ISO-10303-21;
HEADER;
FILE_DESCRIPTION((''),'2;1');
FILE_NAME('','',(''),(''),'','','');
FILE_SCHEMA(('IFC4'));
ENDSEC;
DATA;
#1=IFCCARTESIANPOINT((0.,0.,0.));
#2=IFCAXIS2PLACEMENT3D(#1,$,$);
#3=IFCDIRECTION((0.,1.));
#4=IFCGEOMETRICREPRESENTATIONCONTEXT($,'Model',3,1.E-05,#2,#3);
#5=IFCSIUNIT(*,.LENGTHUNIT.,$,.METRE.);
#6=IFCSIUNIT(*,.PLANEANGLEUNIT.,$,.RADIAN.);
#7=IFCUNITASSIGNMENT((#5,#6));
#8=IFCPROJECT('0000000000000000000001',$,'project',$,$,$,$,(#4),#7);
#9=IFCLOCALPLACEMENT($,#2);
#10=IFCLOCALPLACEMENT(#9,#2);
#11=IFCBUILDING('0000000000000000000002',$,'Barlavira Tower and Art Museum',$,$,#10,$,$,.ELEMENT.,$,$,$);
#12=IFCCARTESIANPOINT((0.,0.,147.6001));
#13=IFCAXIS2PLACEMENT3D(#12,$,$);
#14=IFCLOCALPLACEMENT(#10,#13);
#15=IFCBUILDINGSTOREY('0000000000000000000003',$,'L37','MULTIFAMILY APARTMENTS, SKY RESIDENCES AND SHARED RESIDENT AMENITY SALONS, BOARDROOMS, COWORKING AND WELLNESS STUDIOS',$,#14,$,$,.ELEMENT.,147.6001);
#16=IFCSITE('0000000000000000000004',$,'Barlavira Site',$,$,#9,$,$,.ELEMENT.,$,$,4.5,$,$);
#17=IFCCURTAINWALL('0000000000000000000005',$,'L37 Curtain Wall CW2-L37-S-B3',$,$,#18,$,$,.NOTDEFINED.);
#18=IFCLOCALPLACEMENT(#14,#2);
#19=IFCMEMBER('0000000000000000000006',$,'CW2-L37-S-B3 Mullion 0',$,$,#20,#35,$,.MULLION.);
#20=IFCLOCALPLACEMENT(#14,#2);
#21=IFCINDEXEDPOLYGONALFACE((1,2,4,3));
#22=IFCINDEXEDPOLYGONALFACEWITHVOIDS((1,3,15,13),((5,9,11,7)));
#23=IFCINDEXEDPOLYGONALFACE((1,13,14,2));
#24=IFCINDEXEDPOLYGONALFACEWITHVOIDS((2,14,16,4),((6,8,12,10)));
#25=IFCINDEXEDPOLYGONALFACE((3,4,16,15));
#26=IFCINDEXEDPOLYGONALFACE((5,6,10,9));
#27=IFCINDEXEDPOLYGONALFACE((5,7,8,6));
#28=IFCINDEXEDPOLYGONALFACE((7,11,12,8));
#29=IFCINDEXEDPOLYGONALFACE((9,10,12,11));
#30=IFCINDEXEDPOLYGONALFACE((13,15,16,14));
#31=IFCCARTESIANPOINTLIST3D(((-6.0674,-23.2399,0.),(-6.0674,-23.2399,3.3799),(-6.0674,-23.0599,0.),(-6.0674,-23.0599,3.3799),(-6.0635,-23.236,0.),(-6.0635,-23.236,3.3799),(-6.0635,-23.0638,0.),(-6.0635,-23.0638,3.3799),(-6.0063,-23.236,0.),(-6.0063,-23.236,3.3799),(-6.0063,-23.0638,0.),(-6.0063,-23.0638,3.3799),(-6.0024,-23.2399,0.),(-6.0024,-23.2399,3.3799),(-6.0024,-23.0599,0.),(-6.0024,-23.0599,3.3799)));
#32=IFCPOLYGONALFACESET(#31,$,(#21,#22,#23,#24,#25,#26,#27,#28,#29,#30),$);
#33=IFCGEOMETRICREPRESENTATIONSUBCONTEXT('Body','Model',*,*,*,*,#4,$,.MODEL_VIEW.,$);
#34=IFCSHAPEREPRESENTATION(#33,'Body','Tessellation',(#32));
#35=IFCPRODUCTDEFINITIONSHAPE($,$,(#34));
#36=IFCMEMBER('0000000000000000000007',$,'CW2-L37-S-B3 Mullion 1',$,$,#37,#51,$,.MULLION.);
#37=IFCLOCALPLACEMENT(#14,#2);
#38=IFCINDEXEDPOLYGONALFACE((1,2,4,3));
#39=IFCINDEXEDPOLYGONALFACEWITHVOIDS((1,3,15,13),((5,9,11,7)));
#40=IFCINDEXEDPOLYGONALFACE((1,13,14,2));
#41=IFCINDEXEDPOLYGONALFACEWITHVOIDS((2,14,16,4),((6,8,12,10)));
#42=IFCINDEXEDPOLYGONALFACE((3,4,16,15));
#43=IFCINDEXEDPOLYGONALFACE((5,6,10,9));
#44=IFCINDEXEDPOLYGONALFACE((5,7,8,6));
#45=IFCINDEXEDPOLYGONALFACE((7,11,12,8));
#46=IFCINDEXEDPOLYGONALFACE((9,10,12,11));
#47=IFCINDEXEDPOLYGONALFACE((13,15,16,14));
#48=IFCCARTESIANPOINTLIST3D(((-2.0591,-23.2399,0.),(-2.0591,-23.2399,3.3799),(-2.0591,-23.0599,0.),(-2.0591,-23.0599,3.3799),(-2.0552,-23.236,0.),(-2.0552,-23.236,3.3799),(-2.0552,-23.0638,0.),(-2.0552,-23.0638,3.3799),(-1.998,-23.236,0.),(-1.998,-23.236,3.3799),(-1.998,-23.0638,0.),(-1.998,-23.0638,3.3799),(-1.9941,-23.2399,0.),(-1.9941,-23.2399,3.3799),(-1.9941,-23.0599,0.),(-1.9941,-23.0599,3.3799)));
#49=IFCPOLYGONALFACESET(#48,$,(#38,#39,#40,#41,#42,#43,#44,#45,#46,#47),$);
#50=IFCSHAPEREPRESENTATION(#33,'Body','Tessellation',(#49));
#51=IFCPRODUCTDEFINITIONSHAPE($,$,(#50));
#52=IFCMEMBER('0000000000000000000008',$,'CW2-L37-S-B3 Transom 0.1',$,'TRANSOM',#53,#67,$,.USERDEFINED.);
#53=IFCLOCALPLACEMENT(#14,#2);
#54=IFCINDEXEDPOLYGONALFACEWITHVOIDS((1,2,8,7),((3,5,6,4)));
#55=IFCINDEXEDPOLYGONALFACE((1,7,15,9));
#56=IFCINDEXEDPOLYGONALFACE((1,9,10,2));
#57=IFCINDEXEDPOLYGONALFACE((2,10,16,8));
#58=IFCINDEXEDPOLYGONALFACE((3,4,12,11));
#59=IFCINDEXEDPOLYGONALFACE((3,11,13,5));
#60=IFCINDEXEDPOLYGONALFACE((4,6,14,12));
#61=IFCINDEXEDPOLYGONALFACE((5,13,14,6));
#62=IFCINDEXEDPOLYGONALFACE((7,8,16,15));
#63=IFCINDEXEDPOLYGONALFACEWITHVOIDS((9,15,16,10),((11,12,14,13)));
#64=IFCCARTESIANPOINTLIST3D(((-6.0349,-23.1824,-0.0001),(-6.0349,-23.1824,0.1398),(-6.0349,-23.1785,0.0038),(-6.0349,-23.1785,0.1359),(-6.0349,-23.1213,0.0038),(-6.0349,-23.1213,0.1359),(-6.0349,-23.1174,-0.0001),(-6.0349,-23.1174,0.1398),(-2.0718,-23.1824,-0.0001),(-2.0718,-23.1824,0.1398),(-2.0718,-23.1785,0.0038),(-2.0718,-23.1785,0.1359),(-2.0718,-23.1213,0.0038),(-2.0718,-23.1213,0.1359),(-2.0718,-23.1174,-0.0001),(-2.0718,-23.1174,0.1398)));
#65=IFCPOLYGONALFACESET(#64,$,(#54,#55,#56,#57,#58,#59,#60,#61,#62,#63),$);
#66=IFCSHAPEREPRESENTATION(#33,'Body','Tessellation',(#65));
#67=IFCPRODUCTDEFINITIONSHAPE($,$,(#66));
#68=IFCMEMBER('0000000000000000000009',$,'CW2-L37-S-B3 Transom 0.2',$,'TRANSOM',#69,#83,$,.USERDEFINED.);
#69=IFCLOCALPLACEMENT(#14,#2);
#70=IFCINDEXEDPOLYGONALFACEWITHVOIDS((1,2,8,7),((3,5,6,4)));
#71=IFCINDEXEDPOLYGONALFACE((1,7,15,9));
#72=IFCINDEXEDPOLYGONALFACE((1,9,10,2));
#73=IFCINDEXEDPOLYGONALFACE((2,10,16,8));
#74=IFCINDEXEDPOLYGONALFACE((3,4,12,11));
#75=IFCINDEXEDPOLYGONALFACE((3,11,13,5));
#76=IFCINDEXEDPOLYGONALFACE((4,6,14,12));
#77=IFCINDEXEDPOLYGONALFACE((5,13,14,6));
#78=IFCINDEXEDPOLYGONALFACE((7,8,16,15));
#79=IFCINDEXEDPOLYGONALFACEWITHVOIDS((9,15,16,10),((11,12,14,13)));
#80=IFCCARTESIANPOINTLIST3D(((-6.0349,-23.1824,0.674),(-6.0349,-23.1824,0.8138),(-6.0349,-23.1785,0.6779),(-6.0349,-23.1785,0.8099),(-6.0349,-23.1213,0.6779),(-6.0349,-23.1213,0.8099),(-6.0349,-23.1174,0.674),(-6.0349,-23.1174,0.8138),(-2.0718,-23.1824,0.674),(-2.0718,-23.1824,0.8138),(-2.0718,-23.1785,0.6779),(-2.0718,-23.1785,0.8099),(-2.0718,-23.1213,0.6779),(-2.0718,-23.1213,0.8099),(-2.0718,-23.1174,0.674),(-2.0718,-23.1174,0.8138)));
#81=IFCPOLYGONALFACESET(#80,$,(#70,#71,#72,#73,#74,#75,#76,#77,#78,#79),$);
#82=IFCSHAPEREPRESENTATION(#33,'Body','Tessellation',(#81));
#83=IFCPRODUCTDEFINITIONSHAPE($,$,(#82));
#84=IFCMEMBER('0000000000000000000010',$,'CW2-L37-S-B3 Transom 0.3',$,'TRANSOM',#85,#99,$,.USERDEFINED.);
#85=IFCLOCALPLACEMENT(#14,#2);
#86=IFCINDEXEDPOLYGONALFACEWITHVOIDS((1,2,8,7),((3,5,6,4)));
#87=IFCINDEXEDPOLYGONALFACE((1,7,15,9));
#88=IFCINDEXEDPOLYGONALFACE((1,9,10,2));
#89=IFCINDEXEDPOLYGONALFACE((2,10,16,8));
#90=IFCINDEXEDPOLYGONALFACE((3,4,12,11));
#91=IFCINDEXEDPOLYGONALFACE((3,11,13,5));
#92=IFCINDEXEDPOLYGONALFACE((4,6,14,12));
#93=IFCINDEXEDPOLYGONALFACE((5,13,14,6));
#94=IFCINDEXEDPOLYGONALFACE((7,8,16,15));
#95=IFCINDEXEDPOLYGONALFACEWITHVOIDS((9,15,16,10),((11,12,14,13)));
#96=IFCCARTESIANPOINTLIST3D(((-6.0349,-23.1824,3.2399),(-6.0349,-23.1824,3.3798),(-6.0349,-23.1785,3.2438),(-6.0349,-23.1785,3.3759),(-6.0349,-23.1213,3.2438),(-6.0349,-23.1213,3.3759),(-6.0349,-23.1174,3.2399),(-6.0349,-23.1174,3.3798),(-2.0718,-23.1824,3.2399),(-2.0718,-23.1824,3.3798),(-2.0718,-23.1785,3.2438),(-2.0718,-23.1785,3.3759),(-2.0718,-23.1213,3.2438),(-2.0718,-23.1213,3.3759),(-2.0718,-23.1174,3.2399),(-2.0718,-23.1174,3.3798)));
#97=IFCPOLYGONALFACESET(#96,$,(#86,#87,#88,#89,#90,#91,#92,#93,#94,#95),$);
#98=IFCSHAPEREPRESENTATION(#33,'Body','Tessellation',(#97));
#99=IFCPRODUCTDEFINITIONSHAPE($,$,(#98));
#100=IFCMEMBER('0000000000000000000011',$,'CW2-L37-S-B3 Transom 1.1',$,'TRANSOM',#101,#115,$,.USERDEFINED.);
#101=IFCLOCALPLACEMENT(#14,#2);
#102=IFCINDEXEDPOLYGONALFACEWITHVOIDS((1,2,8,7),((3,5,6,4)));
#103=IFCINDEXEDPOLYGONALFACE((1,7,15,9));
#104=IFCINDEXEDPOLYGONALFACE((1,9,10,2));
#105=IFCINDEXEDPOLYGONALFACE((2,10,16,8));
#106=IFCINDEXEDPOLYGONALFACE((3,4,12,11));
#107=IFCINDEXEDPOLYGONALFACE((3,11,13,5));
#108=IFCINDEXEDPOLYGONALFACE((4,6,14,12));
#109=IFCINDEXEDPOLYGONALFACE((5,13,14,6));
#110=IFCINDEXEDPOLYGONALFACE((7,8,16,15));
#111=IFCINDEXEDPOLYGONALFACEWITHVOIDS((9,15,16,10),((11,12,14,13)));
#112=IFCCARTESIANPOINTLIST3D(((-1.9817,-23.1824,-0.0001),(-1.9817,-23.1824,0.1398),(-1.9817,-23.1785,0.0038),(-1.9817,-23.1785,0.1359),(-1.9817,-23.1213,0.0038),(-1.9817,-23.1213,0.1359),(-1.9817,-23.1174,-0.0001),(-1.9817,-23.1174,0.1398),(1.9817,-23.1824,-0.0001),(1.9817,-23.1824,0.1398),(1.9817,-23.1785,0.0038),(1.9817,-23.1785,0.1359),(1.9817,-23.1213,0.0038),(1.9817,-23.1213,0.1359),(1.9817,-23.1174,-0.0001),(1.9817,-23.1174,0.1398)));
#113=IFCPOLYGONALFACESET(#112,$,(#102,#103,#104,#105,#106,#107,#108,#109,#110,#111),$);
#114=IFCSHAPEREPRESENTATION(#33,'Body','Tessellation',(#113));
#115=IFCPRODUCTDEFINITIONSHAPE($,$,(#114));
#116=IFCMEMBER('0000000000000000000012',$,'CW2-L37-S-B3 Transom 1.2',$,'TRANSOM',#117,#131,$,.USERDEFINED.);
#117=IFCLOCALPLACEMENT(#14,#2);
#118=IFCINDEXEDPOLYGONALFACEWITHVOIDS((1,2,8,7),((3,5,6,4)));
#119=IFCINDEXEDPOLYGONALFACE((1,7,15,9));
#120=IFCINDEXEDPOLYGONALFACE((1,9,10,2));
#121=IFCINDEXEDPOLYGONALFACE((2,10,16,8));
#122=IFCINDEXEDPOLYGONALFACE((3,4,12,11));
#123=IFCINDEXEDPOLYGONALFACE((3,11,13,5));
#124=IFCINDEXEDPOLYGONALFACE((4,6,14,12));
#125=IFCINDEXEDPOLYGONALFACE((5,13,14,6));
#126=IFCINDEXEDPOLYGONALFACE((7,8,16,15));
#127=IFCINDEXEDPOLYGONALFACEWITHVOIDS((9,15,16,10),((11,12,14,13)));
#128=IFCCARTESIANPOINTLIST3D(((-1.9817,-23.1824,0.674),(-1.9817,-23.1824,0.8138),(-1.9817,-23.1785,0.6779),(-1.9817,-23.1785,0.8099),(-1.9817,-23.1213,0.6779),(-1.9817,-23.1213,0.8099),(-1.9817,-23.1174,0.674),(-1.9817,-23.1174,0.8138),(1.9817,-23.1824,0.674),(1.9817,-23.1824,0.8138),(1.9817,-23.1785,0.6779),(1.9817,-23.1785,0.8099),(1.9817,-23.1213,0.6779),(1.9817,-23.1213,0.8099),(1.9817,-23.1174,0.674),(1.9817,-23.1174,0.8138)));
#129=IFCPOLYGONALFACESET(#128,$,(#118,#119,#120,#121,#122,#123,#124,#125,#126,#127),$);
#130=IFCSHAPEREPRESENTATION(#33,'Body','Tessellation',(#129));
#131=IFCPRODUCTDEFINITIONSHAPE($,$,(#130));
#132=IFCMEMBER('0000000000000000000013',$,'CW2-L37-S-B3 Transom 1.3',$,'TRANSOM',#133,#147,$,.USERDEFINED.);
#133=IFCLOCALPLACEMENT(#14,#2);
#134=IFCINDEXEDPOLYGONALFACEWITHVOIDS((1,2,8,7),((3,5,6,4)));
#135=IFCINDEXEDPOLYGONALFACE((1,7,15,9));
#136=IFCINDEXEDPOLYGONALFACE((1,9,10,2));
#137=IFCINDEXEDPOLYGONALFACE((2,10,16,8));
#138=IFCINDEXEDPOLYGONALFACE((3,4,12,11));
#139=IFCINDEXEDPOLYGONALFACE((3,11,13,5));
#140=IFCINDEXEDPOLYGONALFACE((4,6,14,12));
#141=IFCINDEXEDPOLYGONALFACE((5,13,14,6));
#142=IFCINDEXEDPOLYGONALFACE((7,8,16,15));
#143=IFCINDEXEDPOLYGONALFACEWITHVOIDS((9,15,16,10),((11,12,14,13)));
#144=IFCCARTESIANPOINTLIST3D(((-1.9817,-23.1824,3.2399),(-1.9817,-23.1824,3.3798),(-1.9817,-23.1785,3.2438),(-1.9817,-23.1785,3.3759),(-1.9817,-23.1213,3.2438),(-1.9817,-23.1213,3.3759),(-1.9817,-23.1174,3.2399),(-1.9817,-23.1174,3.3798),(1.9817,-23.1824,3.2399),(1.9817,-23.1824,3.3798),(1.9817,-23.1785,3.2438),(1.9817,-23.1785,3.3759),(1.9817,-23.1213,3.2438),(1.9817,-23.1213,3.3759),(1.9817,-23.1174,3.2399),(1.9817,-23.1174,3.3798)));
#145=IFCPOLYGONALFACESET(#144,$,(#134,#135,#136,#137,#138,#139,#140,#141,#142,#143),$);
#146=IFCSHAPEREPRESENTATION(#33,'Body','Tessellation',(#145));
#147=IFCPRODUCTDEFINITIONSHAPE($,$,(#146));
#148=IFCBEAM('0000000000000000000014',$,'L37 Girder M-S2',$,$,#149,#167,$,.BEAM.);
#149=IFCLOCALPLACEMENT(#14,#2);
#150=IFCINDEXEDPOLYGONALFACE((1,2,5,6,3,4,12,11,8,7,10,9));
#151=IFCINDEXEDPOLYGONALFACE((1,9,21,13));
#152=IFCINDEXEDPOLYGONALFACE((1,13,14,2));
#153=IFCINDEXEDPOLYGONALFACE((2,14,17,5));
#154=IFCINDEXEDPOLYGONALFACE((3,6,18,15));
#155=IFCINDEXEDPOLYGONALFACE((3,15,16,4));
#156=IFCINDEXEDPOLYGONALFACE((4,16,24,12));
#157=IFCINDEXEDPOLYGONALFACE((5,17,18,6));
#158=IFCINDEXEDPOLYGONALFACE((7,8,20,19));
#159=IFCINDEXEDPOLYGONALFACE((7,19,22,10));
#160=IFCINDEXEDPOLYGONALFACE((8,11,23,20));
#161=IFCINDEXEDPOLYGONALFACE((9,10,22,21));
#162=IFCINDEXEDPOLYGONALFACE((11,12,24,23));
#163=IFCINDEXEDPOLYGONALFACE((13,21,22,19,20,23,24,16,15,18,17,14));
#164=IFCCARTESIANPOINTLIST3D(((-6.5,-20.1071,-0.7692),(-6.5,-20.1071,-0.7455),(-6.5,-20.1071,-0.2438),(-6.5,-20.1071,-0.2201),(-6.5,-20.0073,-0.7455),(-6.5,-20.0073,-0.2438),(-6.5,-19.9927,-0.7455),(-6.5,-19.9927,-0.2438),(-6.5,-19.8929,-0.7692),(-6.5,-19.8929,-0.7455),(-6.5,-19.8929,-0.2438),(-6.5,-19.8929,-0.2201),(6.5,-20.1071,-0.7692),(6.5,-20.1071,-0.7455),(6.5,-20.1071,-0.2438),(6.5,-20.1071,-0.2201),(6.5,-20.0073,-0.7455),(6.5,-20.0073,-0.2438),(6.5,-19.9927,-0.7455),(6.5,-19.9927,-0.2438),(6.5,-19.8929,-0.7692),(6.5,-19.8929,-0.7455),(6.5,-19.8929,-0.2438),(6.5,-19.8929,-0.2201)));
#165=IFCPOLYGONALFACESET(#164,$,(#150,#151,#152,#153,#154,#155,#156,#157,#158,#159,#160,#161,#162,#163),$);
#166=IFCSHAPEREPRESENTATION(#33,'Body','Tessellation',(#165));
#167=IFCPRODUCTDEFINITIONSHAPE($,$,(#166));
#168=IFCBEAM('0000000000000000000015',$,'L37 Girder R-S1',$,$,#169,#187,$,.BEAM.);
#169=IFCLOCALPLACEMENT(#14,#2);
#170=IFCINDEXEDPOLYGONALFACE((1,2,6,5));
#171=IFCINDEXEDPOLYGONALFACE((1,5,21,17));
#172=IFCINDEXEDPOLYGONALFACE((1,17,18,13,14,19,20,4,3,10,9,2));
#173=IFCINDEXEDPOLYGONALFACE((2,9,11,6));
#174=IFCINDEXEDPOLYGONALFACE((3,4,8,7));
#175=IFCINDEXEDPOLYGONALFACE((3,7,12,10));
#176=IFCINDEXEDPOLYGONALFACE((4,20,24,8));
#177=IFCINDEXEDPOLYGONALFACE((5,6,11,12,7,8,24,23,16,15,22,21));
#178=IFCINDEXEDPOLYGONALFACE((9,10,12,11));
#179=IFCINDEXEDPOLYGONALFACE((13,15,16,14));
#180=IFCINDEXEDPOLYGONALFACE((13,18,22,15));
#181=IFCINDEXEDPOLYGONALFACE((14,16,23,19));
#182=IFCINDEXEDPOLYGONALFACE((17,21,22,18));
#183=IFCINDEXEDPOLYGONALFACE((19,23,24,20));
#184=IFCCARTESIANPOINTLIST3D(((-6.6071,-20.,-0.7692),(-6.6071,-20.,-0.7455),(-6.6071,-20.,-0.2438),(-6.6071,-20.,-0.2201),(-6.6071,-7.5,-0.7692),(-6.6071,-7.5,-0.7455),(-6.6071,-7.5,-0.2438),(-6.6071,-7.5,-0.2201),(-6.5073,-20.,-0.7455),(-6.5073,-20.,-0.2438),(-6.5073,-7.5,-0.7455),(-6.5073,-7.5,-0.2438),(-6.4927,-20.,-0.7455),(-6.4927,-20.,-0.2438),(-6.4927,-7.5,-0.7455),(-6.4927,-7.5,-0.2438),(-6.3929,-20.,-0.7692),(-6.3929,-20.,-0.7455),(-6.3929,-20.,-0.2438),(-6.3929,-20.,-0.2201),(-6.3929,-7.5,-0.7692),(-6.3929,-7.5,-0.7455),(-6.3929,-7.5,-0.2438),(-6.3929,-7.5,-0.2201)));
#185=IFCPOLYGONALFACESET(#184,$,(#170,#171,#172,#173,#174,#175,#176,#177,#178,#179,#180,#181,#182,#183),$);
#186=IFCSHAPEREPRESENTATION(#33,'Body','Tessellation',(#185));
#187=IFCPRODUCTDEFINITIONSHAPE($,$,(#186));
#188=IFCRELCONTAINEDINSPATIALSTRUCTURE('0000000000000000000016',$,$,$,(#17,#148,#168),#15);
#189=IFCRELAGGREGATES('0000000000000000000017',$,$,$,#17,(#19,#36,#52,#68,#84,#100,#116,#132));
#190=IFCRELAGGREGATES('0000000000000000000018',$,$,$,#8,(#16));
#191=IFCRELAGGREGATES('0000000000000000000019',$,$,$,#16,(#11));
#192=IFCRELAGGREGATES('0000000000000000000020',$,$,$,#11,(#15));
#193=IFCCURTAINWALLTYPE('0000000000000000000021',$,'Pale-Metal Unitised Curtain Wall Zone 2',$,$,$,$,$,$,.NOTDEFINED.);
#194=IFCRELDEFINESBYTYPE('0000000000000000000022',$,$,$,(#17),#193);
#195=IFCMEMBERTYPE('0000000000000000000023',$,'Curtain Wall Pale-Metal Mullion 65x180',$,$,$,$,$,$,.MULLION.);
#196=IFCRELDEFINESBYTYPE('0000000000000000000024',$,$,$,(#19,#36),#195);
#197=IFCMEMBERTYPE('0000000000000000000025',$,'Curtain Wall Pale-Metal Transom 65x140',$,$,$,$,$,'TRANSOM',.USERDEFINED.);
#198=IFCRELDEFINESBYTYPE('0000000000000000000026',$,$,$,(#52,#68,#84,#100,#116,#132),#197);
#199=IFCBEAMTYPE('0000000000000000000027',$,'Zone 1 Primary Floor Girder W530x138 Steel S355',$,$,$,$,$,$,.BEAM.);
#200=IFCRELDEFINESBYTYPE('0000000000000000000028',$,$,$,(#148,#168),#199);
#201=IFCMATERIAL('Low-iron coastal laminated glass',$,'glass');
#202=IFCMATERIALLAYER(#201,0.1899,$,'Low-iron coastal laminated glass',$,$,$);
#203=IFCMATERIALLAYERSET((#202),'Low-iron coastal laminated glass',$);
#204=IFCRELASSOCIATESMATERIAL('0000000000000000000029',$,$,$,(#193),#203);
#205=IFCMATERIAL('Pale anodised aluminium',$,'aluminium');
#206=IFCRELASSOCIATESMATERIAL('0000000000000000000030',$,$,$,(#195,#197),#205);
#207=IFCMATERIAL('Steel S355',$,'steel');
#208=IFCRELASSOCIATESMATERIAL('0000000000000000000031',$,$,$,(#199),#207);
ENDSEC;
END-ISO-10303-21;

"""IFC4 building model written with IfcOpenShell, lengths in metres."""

from ifc_helpers import new_model, si_unit, direction, frame, origin, origin_2d, place, context, subcontext, project, spatial, hollow_rectangle, i_section, extrude, material, layer, layer_set, material_profile, profile_set, type_object, element, aggregate, save


model = new_model("IFC4")

# Units and contexts
model_context = context("Model", 3, precision=1e-05, world=origin(), true_north=direction((0.0, 1.0)))
body_context = subcontext(model_context, "Body", "Model", "MODEL_VIEW")
ifc_project = project(units=[si_unit("LENGTHUNIT", "METRE"), si_unit("PLANEANGLEUNIT", "RADIAN")], contexts=[model_context])

# Site, building, storey
site_placement = place(None, origin())
site = spatial("IfcSite", under=ifc_project, at=site_placement, Name="Barlavira Site", CompositionType="ELEMENT", RefElevation=4.5)
building_placement = place(site_placement, origin())
building = spatial("IfcBuilding", under=site, at=building_placement, Name="Barlavira Tower and Art Museum", CompositionType="ELEMENT")
storey_placement = place(building_placement, frame((0.0, 0.0, 147.6001)))
storey = spatial("IfcBuildingStorey", under=building, at=storey_placement, Name="L37", Description="MULTIFAMILY APARTMENTS, SKY RESIDENCES AND SHARED RESIDENT AMENITY SALONS, BOARDROOMS, COWORKING AND WELLNESS STUDIOS", CompositionType="ELEMENT", Elevation=147.6001)

# Curtain wall, members
ifc_material_1 = material(Name="Low-iron coastal laminated glass", Category="glass")
ifc_layer_1 = layer(ifc_material_1, 0.1899, Name="Low-iron coastal laminated glass")
ifc_layer_set_1 = layer_set([ifc_layer_1], Name="Low-iron coastal laminated glass")
curtain_wall_type = type_object("IfcCurtainWallType", Name="Pale-Metal Unitised Curtain Wall Zone 2", PredefinedType="NOTDEFINED", material=ifc_layer_set_1)
curtain_wall_placement = place(storey_placement, origin())
curtain_wall = element("IfcCurtainWall", 1, at=curtain_wall_placement, inside=storey, type_object=curtain_wall_type, Name="L37 Curtain Wall CW2-L37-S-B3", PredefinedType="NOTDEFINED")
ifc_material_2 = material(Name="Pale anodised aluminium", Category="aluminium")
ifc_material_profile_1 = material_profile(ifc_material_2, hollow_rectangle(XDim=0.0649, YDim=0.1799, WallThickness=0.0039, at=origin_2d()), Name="ALU-MULL 65x180x4")
ifc_profile_set_1 = profile_set([ifc_material_profile_1], Name="Pale anodised aluminium")
member_type_1 = type_object("IfcMemberType", Name="Curtain Wall Pale-Metal Mullion 65x180", PredefinedType="MULLION", material=ifc_profile_set_1)
member_1_placement = place(storey_placement, frame((-6.0349, -23.1499, 0.0), z_axis=(0.0, 0.0, 1.0), x_axis=(1.0, 0.0, 0.0)))
member_1 = element("IfcMember", 2, at=member_1_placement, type_object=member_type_1, Name="CW2-L37-S-B3 Mullion 0", PredefinedType="MULLION", context=body_context, shape_type="SweptSolid", body=[
    extrude(hollow_rectangle(XDim=0.0649, YDim=0.1799, WallThickness=0.0039, at=origin_2d()), origin(), (0.0, 0.0, 1.0), 3.3799),
])
member_2_placement = place(storey_placement, frame((-2.0266, -23.1499, 0.0), z_axis=(0.0, 0.0, 1.0), x_axis=(1.0, 0.0, 0.0)))
member_2 = element("IfcMember", 3, at=member_2_placement, type_object=member_type_1, Name="CW2-L37-S-B3 Mullion 1", PredefinedType="MULLION", context=body_context, shape_type="SweptSolid", body=[
    extrude(hollow_rectangle(XDim=0.0649, YDim=0.1799, WallThickness=0.0039, at=origin_2d()), origin(), (0.0, 0.0, 1.0), 3.3799),
])
ifc_material_profile_2 = material_profile(ifc_material_2, hollow_rectangle(XDim=0.0649, YDim=0.1399, WallThickness=0.0039, at=origin_2d()), Name="ALU-TRAN 65x140x4")
ifc_profile_set_2 = profile_set([ifc_material_profile_2], Name="Pale anodised aluminium")
member_type_2 = type_object("IfcMemberType", Name="Curtain Wall Pale-Metal Transom 65x140", ElementType="TRANSOM", PredefinedType="USERDEFINED", material=ifc_profile_set_2)
member_3_placement = place(storey_placement, frame((-6.0349, -23.1499, 0.0698), z_axis=(1.0, 0.0, 0.0), x_axis=(0.0, 1.0, 0.0)))
member_3 = element("IfcMember", 4, at=member_3_placement, type_object=member_type_2, Name="CW2-L37-S-B3 Transom 0.1", ObjectType="TRANSOM", PredefinedType="USERDEFINED", context=body_context, shape_type="SweptSolid", body=[
    extrude(hollow_rectangle(XDim=0.0649, YDim=0.1399, WallThickness=0.0039, at=origin_2d()), origin(), (0.0, 0.0, 1.0), 3.9631),
])
member_4_placement = place(storey_placement, frame((-6.0349, -23.1499, 0.7439), z_axis=(1.0, 0.0, 0.0), x_axis=(0.0, 1.0, 0.0)))
member_4 = element("IfcMember", 5, at=member_4_placement, type_object=member_type_2, Name="CW2-L37-S-B3 Transom 0.2", ObjectType="TRANSOM", PredefinedType="USERDEFINED", context=body_context, shape_type="SweptSolid", body=[
    extrude(hollow_rectangle(XDim=0.0649, YDim=0.1399, WallThickness=0.0039, at=origin_2d()), origin(), (0.0, 0.0, 1.0), 3.9631),
])
member_5_placement = place(storey_placement, frame((-6.0349, -23.1499, 3.3098), z_axis=(1.0, 0.0, 0.0), x_axis=(0.0, 1.0, 0.0)))
member_5 = element("IfcMember", 6, at=member_5_placement, type_object=member_type_2, Name="CW2-L37-S-B3 Transom 0.3", ObjectType="TRANSOM", PredefinedType="USERDEFINED", context=body_context, shape_type="SweptSolid", body=[
    extrude(hollow_rectangle(XDim=0.0649, YDim=0.1399, WallThickness=0.0039, at=origin_2d()), origin(), (0.0, 0.0, 1.0), 3.9631),
])
member_6_placement = place(storey_placement, frame((-1.9817, -23.1499, 0.0698), z_axis=(1.0, 0.0, 0.0), x_axis=(0.0, 1.0, 0.0)))
member_6 = element("IfcMember", 7, at=member_6_placement, type_object=member_type_2, Name="CW2-L37-S-B3 Transom 1.1", ObjectType="TRANSOM", PredefinedType="USERDEFINED", context=body_context, shape_type="SweptSolid", body=[
    extrude(hollow_rectangle(XDim=0.0649, YDim=0.1399, WallThickness=0.0039, at=origin_2d()), origin(), (0.0, 0.0, 1.0), 3.9634),
])
member_7_placement = place(storey_placement, frame((-1.9817, -23.1499, 0.7439), z_axis=(1.0, 0.0, 0.0), x_axis=(0.0, 1.0, 0.0)))
member_7 = element("IfcMember", 8, at=member_7_placement, type_object=member_type_2, Name="CW2-L37-S-B3 Transom 1.2", ObjectType="TRANSOM", PredefinedType="USERDEFINED", context=body_context, shape_type="SweptSolid", body=[
    extrude(hollow_rectangle(XDim=0.0649, YDim=0.1399, WallThickness=0.0039, at=origin_2d()), origin(), (0.0, 0.0, 1.0), 3.9634),
])
member_8_placement = place(storey_placement, frame((-1.9817, -23.1499, 3.3098), z_axis=(1.0, 0.0, 0.0), x_axis=(0.0, 1.0, 0.0)))
member_8 = element("IfcMember", 9, at=member_8_placement, type_object=member_type_2, Name="CW2-L37-S-B3 Transom 1.3", ObjectType="TRANSOM", PredefinedType="USERDEFINED", context=body_context, shape_type="SweptSolid", body=[
    extrude(hollow_rectangle(XDim=0.0649, YDim=0.1399, WallThickness=0.0039, at=origin_2d()), origin(), (0.0, 0.0, 1.0), 3.9634),
])

# Beams
ifc_material_3 = material(Name="Steel S355", Category="steel")
ifc_material_profile_3 = material_profile(ifc_material_3, i_section(OverallWidth=0.2141, OverallDepth=0.5491, WebThickness=0.0146, FlangeThickness=0.0237, at=origin_2d()), Name="W530x138.0")
ifc_profile_set_3 = profile_set([ifc_material_profile_3], Name="Steel S355")
beam_type_1 = type_object("IfcBeamType", Name="Zone 1 Primary Floor Girder W530x138 Steel S355", PredefinedType="BEAM", material=ifc_profile_set_3)
beam_1_placement = place(storey_placement, frame((-6.5, -20.0, -0.4946), z_axis=(1.0, 0.0, 0.0), x_axis=(0.0, 1.0, 0.0)))
element("IfcBeam", 10, at=beam_1_placement, inside=storey, type_object=beam_type_1, Name="L37 Girder M-S2", PredefinedType="BEAM", context=body_context, shape_type="SweptSolid", body=[
    extrude(i_section(OverallWidth=0.2141, OverallDepth=0.5491, WebThickness=0.0146, FlangeThickness=0.0237, at=origin_2d()), origin(), (0.0, 0.0, 1.0), 13.0),
])
beam_2_placement = place(storey_placement, frame((-6.5, -20.0, -0.4946), z_axis=(0.0, 1.0, 0.0), x_axis=(-1.0, 0.0, 0.0)))
element("IfcBeam", 11, at=beam_2_placement, inside=storey, type_object=beam_type_1, Name="L37 Girder R-S1", PredefinedType="BEAM", context=body_context, shape_type="SweptSolid", body=[
    extrude(i_section(OverallWidth=0.2141, OverallDepth=0.5491, WebThickness=0.0146, FlangeThickness=0.0237, at=origin_2d()), origin(), (0.0, 0.0, 1.0), 12.5),
])

aggregate(curtain_wall, [member_1, member_2, member_3, member_4, member_5, member_6, member_7, member_8])

save(model, "model.ifc")
